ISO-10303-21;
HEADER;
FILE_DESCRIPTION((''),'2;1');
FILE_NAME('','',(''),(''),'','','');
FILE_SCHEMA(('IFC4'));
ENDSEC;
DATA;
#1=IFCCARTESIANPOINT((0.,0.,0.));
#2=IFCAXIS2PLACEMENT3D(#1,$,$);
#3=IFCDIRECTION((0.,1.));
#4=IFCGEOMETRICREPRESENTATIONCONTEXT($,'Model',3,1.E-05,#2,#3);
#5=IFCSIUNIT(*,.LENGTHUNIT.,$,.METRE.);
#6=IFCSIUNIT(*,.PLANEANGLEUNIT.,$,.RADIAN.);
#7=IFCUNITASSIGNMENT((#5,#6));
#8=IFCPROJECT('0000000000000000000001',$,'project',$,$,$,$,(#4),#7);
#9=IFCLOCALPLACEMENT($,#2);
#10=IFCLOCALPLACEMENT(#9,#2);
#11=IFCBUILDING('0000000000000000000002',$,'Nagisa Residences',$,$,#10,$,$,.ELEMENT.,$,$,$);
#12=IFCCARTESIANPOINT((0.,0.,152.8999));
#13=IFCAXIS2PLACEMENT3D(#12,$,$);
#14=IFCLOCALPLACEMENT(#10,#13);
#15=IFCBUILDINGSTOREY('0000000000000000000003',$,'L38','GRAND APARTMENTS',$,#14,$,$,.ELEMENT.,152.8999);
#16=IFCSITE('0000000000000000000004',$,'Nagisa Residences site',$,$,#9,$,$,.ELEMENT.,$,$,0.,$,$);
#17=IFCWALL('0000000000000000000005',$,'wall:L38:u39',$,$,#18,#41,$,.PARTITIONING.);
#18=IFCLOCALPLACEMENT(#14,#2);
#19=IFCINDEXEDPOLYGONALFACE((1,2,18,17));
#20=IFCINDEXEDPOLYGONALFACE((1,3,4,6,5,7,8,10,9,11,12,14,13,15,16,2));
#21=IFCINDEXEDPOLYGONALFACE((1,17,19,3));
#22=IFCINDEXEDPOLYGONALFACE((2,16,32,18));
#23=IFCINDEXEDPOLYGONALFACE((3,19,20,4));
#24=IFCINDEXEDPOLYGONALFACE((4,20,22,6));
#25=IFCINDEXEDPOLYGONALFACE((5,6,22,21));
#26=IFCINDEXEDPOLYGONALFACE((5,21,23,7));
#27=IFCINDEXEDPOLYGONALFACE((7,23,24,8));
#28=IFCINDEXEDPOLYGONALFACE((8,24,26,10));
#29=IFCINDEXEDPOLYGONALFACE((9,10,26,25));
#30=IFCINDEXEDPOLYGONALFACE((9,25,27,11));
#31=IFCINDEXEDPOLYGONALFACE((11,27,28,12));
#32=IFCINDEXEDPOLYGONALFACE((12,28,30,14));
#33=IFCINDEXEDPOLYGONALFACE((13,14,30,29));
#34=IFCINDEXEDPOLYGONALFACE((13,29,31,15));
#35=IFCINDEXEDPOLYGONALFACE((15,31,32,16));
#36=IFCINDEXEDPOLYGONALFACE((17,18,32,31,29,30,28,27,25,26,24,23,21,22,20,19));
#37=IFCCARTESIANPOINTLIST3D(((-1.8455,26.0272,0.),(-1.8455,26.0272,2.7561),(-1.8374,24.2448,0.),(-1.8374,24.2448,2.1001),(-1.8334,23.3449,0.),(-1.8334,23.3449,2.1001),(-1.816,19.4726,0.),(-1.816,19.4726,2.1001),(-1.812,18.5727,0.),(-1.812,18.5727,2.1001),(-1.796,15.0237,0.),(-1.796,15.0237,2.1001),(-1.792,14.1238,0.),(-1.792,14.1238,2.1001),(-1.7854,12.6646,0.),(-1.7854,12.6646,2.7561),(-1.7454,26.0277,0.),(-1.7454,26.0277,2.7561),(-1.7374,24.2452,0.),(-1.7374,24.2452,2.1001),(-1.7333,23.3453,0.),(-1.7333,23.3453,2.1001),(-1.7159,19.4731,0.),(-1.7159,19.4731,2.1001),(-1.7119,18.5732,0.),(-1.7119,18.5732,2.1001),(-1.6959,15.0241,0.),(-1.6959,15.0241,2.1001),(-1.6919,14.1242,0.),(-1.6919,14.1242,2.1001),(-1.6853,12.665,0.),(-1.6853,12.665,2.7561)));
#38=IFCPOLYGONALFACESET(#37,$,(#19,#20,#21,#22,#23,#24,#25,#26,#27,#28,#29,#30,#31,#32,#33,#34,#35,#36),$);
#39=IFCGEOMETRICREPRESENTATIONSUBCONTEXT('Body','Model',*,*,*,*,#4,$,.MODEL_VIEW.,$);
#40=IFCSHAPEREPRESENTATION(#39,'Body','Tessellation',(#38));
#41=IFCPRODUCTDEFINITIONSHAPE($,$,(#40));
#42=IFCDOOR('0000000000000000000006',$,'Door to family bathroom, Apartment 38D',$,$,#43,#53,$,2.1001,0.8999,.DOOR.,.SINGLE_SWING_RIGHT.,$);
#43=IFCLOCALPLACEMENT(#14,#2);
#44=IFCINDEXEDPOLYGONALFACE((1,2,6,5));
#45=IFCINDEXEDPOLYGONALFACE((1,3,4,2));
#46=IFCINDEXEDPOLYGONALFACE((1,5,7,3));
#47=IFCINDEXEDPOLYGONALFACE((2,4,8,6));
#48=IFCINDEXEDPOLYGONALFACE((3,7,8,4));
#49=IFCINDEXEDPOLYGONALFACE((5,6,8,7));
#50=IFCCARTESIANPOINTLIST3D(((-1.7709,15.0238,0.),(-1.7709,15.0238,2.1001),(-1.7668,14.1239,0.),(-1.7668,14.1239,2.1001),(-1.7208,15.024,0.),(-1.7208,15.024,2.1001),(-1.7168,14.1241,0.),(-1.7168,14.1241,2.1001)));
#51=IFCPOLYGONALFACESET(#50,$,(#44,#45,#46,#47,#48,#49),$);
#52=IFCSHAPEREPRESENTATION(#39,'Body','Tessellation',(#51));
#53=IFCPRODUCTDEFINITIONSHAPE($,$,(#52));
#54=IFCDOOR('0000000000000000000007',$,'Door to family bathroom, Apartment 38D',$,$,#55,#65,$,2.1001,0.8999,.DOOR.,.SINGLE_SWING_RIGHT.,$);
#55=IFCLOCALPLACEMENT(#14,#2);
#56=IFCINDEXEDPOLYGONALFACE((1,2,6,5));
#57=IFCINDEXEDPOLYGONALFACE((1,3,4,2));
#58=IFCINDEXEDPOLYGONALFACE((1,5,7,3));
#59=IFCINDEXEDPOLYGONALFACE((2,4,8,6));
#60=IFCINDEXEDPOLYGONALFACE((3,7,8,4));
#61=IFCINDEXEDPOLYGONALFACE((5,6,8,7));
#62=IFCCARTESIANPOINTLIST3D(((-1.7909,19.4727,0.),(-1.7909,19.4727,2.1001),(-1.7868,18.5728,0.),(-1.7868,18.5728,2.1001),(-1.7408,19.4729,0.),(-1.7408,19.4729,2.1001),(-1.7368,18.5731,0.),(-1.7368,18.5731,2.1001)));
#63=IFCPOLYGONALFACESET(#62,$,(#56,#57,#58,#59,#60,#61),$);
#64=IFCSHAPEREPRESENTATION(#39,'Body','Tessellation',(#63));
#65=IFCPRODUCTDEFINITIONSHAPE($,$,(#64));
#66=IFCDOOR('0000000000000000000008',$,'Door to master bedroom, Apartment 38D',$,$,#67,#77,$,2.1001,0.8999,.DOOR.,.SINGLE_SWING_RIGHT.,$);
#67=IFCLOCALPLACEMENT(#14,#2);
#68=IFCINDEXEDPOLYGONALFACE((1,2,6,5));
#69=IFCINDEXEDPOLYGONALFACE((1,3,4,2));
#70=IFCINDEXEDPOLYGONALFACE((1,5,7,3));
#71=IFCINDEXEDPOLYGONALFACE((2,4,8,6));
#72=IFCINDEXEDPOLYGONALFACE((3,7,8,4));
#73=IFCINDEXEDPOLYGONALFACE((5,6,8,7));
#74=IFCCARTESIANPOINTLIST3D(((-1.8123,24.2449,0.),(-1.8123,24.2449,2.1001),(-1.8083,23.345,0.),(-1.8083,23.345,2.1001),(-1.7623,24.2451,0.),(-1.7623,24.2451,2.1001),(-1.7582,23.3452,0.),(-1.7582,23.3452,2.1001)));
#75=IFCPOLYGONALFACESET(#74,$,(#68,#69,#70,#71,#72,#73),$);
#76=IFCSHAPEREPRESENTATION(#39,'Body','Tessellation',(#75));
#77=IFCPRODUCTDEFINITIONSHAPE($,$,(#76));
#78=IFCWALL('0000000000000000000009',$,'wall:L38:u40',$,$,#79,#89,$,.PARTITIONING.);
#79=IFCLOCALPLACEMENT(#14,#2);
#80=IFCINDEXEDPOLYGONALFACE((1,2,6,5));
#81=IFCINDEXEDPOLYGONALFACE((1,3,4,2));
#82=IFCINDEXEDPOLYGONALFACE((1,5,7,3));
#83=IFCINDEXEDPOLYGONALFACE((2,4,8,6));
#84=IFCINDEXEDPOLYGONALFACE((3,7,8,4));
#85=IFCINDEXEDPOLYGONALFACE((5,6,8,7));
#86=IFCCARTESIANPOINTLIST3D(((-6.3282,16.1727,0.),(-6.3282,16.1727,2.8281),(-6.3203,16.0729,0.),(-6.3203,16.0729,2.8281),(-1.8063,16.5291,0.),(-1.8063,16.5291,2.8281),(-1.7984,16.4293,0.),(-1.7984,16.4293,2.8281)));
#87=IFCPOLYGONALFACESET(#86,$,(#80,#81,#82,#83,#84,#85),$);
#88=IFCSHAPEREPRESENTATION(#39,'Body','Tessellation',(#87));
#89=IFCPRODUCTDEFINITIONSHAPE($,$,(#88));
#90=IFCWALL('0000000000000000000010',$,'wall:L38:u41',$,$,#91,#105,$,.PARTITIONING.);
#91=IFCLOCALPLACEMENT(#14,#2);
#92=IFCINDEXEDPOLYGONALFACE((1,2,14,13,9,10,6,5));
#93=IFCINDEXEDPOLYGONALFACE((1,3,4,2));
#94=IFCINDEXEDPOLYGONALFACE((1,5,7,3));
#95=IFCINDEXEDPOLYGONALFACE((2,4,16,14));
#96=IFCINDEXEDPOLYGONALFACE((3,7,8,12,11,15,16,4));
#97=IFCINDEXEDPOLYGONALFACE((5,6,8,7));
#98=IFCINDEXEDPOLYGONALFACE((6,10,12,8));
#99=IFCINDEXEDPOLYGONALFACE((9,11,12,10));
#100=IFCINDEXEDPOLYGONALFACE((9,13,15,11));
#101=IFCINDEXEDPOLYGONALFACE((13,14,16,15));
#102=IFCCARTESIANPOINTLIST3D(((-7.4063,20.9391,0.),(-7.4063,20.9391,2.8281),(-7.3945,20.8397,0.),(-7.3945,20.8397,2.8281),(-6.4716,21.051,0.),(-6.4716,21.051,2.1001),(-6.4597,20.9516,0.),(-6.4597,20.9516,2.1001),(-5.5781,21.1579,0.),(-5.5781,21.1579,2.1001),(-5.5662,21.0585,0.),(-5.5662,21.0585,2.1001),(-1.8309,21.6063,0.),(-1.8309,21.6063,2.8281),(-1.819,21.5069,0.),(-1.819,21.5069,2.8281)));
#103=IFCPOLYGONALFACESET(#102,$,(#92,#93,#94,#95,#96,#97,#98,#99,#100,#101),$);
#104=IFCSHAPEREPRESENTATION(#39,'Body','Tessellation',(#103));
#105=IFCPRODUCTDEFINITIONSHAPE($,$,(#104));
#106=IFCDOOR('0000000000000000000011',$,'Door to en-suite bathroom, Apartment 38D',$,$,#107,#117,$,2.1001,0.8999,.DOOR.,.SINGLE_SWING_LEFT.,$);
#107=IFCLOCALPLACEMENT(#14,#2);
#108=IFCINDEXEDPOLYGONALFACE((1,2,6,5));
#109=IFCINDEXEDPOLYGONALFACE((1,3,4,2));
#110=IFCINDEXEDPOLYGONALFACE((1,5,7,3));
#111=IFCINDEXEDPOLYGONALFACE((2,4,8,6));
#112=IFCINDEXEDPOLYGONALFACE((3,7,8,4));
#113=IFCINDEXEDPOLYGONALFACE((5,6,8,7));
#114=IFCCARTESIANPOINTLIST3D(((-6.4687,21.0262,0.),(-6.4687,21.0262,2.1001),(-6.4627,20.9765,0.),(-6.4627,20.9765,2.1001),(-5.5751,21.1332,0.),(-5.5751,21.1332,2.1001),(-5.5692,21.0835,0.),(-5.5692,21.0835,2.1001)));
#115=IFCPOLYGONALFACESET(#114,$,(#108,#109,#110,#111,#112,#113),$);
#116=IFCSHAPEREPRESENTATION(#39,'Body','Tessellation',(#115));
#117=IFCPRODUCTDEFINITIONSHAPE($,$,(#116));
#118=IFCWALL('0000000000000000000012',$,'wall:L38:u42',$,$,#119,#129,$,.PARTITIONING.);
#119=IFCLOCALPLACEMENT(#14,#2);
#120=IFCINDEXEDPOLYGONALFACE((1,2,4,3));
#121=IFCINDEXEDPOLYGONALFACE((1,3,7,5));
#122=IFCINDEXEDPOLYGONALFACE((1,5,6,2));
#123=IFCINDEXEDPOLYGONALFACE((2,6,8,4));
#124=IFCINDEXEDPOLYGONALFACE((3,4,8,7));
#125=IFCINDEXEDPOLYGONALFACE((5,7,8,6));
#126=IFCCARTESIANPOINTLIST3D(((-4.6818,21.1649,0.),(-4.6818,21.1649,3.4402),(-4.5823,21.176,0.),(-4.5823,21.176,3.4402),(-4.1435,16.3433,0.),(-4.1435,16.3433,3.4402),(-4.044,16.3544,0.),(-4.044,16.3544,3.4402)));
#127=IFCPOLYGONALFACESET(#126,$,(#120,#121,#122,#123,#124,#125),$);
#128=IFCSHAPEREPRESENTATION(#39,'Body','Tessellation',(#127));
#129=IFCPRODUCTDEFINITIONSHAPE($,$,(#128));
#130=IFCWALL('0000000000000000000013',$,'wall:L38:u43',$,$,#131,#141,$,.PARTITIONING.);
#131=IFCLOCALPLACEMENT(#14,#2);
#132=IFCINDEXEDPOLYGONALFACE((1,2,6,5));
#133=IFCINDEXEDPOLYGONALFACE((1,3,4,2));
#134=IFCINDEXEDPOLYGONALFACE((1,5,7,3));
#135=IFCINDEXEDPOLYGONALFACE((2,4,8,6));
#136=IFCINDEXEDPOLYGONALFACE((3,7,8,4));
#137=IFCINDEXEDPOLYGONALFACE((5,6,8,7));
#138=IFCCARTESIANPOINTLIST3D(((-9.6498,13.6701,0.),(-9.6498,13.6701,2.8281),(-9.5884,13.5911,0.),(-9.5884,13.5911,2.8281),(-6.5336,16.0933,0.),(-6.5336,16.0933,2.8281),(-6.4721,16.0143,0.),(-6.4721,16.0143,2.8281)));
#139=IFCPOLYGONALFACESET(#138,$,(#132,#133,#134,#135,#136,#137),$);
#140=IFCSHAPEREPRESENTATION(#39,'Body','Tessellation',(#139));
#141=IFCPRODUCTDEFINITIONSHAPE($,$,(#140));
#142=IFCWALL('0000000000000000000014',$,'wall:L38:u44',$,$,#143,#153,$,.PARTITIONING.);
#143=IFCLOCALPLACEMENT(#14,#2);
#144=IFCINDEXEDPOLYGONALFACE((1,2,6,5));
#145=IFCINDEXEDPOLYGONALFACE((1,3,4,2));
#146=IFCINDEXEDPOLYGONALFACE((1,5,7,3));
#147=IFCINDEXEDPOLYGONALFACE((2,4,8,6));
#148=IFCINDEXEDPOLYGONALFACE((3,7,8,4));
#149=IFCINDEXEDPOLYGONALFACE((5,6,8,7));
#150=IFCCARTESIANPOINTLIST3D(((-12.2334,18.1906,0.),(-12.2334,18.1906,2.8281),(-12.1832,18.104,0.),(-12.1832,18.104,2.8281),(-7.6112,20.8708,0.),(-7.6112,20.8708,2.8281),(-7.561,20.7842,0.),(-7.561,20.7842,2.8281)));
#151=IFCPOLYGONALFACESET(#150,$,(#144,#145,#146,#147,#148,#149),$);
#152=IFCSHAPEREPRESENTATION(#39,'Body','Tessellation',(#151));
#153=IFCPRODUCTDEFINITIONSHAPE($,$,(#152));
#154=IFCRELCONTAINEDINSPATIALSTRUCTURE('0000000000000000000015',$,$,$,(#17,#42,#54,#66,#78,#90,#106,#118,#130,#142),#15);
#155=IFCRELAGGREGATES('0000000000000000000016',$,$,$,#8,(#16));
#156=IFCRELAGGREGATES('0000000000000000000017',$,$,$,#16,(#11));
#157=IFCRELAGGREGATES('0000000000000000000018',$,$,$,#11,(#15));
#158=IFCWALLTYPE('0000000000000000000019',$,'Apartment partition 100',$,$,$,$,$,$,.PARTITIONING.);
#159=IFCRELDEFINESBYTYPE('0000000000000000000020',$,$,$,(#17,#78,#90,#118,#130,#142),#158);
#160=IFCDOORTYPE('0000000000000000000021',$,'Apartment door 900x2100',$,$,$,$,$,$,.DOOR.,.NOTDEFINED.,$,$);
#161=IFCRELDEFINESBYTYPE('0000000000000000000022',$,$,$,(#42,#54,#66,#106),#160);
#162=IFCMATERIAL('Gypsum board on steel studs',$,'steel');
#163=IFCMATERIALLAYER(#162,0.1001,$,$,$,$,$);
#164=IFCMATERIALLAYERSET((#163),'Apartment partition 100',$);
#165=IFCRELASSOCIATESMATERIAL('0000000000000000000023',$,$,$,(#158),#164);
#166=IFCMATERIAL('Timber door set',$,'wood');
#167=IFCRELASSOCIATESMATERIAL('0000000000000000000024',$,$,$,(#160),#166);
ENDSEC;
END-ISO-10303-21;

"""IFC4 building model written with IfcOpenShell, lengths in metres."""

from ifc_helpers import new_model, si_unit, direction, frame, frame_2d, origin, place, context, subcontext, project, spatial, rectangle, extrude, material, layer, layer_set, type_object, element, fill, save


model = new_model("IFC4")

# Units and contexts
model_context = context("Model", 3, precision=1e-05, world=origin(), true_north=direction((0.0, 1.0)))
body_context = subcontext(model_context, "Body", "Model", "MODEL_VIEW")
ifc_project = project(units=[si_unit("LENGTHUNIT", "METRE"), si_unit("PLANEANGLEUNIT", "RADIAN")], contexts=[model_context])

# Site, building, storey
site_placement = place(None, origin())
site = spatial("IfcSite", under=ifc_project, at=site_placement, Name="Nagisa Residences site", CompositionType="ELEMENT", RefElevation=0.0)
building_placement = place(site_placement, origin())
building = spatial("IfcBuilding", under=site, at=building_placement, Name="Nagisa Residences", CompositionType="ELEMENT")
storey_placement = place(building_placement, frame((0.0, 0.0, 152.8999)))
storey = spatial("IfcBuildingStorey", under=building, at=storey_placement, Name="L38", Description="GRAND APARTMENTS", CompositionType="ELEMENT", Elevation=152.8999)

# Wall, openings, doors
ifc_material_1 = material(Name="Gypsum board on steel studs", Category="steel")
ifc_layer_1 = layer(ifc_material_1, 0.1001)
ifc_layer_set_1 = layer_set([ifc_layer_1], Name="Apartment partition 100")
wall_type_1 = type_object("IfcWallType", Name="Apartment partition 100", PredefinedType="PARTITIONING", material=ifc_layer_set_1)
wall_1_placement = place(storey_placement, frame((-1.7354, 12.6648, 0.0), z_axis=(0.0, 0.0, 1.0), x_axis=(-0.004495, 0.99999, 0.0)))
wall_1 = element("IfcWall", 1, at=wall_1_placement, inside=storey, type_object=wall_type_1, Name="wall:L38:u39", PredefinedType="PARTITIONING", context=body_context, shape_type="SweptSolid", body=[
    extrude(rectangle(XDim=13.3628, YDim=0.1001, at=frame_2d((6.6814, 0.0))), origin(), (0.0, 0.0, 1.0), 2.7561),
])
opening_1_placement = place(wall_1_placement, frame((1.4592, 0.0, 0.0)))
opening_1 = element("IfcOpeningElement", 2, at=opening_1_placement, cuts=wall_1, PredefinedType="OPENING", context=body_context, shape_type="SweptSolid", body=[
    extrude(rectangle(XDim=0.8999, YDim=2.1001, at=frame_2d((0.45, 1.05))), frame((0.0, 0.0601, 0.0), z_axis=(0.0, -1.0, 0.0), x_axis=(1.0, 0.0, 0.0)), (0.0, 0.0, 1.0), 0.1201),
])
opening_2_placement = place(wall_1_placement, frame((5.9082, 0.0, 0.0)))
opening_2 = element("IfcOpeningElement", 3, at=opening_2_placement, cuts=wall_1, PredefinedType="OPENING", context=body_context, shape_type="SweptSolid", body=[
    extrude(rectangle(XDim=0.8999, YDim=2.1001, at=frame_2d((0.45, 1.05))), frame((0.0, 0.0601, 0.0), z_axis=(0.0, -1.0, 0.0), x_axis=(1.0, 0.0, 0.0)), (0.0, 0.0, 1.0), 0.1201),
])
opening_3_placement = place(wall_1_placement, frame((10.6804, 0.0, 0.0)))
opening_3 = element("IfcOpeningElement", 4, at=opening_3_placement, cuts=wall_1, PredefinedType="OPENING", context=body_context, shape_type="SweptSolid", body=[
    extrude(rectangle(XDim=0.8999, YDim=2.1001, at=frame_2d((0.45, 1.05))), frame((0.0, 0.0601, 0.0), z_axis=(0.0, -1.0, 0.0), x_axis=(1.0, 0.0, 0.0)), (0.0, 0.0, 1.0), 0.1201),
])
ifc_material_2 = material(Name="Timber door set", Category="wood")
door_type_1 = type_object("IfcDoorType", Name="Apartment door 900x2100", OperationType="NOTDEFINED", PredefinedType="DOOR", material=ifc_material_2)
door_1_placement = place(opening_1_placement, origin())
door_1 = element("IfcDoor", 5, at=door_1_placement, inside=storey, type_object=door_type_1, Name="Door to family bathroom, Apartment 38D", OperationType="SINGLE_SWING_RIGHT", OverallHeight=2.1001, OverallWidth=0.8999, PredefinedType="DOOR", context=body_context, shape_type="SweptSolid", body=[
    extrude(rectangle(XDim=0.8999, YDim=2.1001, at=frame_2d((0.45, 1.05))), frame((0.0, 0.0249, 0.0), z_axis=(0.0, -1.0, 0.0), x_axis=(1.0, 0.0, 0.0)), (0.0, 0.0, 1.0), 0.05),
])
fill(opening_1, door_1)
door_2_placement = place(opening_2_placement, origin())
door_2 = element("IfcDoor", 6, at=door_2_placement, inside=storey, type_object=door_type_1, Name="Door to family bathroom, Apartment 38D", OperationType="SINGLE_SWING_RIGHT", OverallHeight=2.1001, OverallWidth=0.8999, PredefinedType="DOOR", context=body_context, shape_type="SweptSolid", body=[
    extrude(rectangle(XDim=0.8999, YDim=2.1001, at=frame_2d((0.45, 1.05))), frame((0.0, 0.0249, 0.0), z_axis=(0.0, -1.0, 0.0), x_axis=(1.0, 0.0, 0.0)), (0.0, 0.0, 1.0), 0.05),
])
fill(opening_2, door_2)
door_3_placement = place(opening_3_placement, origin())
door_3 = element("IfcDoor", 7, at=door_3_placement, inside=storey, type_object=door_type_1, Name="Door to master bedroom, Apartment 38D", OperationType="SINGLE_SWING_RIGHT", OverallHeight=2.1001, OverallWidth=0.8999, PredefinedType="DOOR", context=body_context, shape_type="SweptSolid", body=[
    extrude(rectangle(XDim=0.8999, YDim=2.1001, at=frame_2d((0.45, 1.05))), frame((0.0, 0.0249, 0.0), z_axis=(0.0, -1.0, 0.0), x_axis=(1.0, 0.0, 0.0)), (0.0, 0.0, 1.0), 0.05),
])
fill(opening_3, door_3)

# Wall
wall_2_placement = place(storey_placement, frame((-1.8022, 16.4792, 0.0), z_axis=(0.0, 0.0, 1.0), x_axis=(-0.996908, -0.078581, 0.0)))
element("IfcWall", 8, at=wall_2_placement, inside=storey, type_object=wall_type_1, Name="wall:L38:u40", PredefinedType="PARTITIONING", context=body_context, shape_type="SweptSolid", body=[
    extrude(rectangle(XDim=4.5359, YDim=0.1001, at=frame_2d((2.2681, 0.0))), origin(), (0.0, 0.0, 1.0), 2.8281),
])

# Wall, opening, door
wall_3_placement = place(storey_placement, frame((-1.825, 21.5566, 0.0), z_axis=(0.0, 0.0, 1.0), x_axis=(-0.992915, -0.118826, 0.0)))
wall_3 = element("IfcWall", 9, at=wall_3_placement, inside=storey, type_object=wall_type_1, Name="wall:L38:u41", PredefinedType="PARTITIONING", context=body_context, shape_type="SweptSolid", body=[
    extrude(rectangle(XDim=5.6152, YDim=0.1001, at=frame_2d((2.8076, 0.0))), origin(), (0.0, 0.0, 1.0), 2.8281),
])
opening_4_placement = place(wall_3_placement, frame((3.7739, 0.0, 0.0)))
opening_4 = element("IfcOpeningElement", 10, at=opening_4_placement, cuts=wall_3, PredefinedType="OPENING", context=body_context, shape_type="SweptSolid", body=[
    extrude(rectangle(XDim=0.8999, YDim=2.1001, at=frame_2d((0.45, 1.05))), frame((0.0, 0.0601, 0.0), z_axis=(0.0, -1.0, 0.0), x_axis=(1.0, 0.0, 0.0)), (0.0, 0.0, 1.0), 0.1201),
])
door_4_placement = place(opening_4_placement, origin())
door_4 = element("IfcDoor", 11, at=door_4_placement, inside=storey, type_object=door_type_1, Name="Door to en-suite bathroom, Apartment 38D", OperationType="SINGLE_SWING_LEFT", OverallHeight=2.1001, OverallWidth=0.8999, PredefinedType="DOOR", context=body_context, shape_type="SweptSolid", body=[
    extrude(rectangle(XDim=0.8999, YDim=2.1001, at=frame_2d((0.45, 1.05))), frame((0.0, 0.0249, 0.0), z_axis=(0.0, -1.0, 0.0), x_axis=(1.0, 0.0, 0.0)), (0.0, 0.0, 1.0), 0.05),
])
fill(opening_4, door_4)

# Walls
wall_4_placement = place(storey_placement, frame((-4.0938, 16.3489, 0.0), z_axis=(0.0, 0.0, 1.0), x_axis=(-0.110962, 0.993825, 0.0)))
element("IfcWall", 12, at=wall_4_placement, inside=storey, type_object=wall_type_1, Name="wall:L38:u42", PredefinedType="PARTITIONING", context=body_context, shape_type="SweptSolid", body=[
    extrude(rectangle(XDim=4.8516, YDim=0.1001, at=frame_2d((2.4258, 0.0))), origin(), (0.0, 0.0, 1.0), 3.4402),
])
wall_5_placement = place(storey_placement, frame((-6.5029, 16.0537, 0.0), z_axis=(0.0, 0.0, 1.0), x_axis=(-0.789429, -0.613842, 0.0)))
element("IfcWall", 13, at=wall_5_placement, inside=storey, type_object=wall_type_1, Name="wall:L38:u43", PredefinedType="PARTITIONING", context=body_context, shape_type="SweptSolid", body=[
    extrude(rectangle(XDim=3.9475, YDim=0.1001, at=frame_2d((1.9736, 0.0))), origin(), (0.0, 0.0, 1.0), 2.8281),
])
wall_6_placement = place(storey_placement, frame((-7.5862, 20.8274, 0.0), z_axis=(0.0, 0.0, 1.0), x_axis=(-0.865093, -0.501611, 0.0)))
element("IfcWall", 14, at=wall_6_placement, inside=storey, type_object=wall_type_1, Name="wall:L38:u44", PredefinedType="PARTITIONING", context=body_context, shape_type="SweptSolid", body=[
    extrude(rectangle(XDim=5.343, YDim=0.1001, at=frame_2d((2.6714, 0.0))), origin(), (0.0, 0.0, 1.0), 2.8281),
])

save(model, "model.ifc")
